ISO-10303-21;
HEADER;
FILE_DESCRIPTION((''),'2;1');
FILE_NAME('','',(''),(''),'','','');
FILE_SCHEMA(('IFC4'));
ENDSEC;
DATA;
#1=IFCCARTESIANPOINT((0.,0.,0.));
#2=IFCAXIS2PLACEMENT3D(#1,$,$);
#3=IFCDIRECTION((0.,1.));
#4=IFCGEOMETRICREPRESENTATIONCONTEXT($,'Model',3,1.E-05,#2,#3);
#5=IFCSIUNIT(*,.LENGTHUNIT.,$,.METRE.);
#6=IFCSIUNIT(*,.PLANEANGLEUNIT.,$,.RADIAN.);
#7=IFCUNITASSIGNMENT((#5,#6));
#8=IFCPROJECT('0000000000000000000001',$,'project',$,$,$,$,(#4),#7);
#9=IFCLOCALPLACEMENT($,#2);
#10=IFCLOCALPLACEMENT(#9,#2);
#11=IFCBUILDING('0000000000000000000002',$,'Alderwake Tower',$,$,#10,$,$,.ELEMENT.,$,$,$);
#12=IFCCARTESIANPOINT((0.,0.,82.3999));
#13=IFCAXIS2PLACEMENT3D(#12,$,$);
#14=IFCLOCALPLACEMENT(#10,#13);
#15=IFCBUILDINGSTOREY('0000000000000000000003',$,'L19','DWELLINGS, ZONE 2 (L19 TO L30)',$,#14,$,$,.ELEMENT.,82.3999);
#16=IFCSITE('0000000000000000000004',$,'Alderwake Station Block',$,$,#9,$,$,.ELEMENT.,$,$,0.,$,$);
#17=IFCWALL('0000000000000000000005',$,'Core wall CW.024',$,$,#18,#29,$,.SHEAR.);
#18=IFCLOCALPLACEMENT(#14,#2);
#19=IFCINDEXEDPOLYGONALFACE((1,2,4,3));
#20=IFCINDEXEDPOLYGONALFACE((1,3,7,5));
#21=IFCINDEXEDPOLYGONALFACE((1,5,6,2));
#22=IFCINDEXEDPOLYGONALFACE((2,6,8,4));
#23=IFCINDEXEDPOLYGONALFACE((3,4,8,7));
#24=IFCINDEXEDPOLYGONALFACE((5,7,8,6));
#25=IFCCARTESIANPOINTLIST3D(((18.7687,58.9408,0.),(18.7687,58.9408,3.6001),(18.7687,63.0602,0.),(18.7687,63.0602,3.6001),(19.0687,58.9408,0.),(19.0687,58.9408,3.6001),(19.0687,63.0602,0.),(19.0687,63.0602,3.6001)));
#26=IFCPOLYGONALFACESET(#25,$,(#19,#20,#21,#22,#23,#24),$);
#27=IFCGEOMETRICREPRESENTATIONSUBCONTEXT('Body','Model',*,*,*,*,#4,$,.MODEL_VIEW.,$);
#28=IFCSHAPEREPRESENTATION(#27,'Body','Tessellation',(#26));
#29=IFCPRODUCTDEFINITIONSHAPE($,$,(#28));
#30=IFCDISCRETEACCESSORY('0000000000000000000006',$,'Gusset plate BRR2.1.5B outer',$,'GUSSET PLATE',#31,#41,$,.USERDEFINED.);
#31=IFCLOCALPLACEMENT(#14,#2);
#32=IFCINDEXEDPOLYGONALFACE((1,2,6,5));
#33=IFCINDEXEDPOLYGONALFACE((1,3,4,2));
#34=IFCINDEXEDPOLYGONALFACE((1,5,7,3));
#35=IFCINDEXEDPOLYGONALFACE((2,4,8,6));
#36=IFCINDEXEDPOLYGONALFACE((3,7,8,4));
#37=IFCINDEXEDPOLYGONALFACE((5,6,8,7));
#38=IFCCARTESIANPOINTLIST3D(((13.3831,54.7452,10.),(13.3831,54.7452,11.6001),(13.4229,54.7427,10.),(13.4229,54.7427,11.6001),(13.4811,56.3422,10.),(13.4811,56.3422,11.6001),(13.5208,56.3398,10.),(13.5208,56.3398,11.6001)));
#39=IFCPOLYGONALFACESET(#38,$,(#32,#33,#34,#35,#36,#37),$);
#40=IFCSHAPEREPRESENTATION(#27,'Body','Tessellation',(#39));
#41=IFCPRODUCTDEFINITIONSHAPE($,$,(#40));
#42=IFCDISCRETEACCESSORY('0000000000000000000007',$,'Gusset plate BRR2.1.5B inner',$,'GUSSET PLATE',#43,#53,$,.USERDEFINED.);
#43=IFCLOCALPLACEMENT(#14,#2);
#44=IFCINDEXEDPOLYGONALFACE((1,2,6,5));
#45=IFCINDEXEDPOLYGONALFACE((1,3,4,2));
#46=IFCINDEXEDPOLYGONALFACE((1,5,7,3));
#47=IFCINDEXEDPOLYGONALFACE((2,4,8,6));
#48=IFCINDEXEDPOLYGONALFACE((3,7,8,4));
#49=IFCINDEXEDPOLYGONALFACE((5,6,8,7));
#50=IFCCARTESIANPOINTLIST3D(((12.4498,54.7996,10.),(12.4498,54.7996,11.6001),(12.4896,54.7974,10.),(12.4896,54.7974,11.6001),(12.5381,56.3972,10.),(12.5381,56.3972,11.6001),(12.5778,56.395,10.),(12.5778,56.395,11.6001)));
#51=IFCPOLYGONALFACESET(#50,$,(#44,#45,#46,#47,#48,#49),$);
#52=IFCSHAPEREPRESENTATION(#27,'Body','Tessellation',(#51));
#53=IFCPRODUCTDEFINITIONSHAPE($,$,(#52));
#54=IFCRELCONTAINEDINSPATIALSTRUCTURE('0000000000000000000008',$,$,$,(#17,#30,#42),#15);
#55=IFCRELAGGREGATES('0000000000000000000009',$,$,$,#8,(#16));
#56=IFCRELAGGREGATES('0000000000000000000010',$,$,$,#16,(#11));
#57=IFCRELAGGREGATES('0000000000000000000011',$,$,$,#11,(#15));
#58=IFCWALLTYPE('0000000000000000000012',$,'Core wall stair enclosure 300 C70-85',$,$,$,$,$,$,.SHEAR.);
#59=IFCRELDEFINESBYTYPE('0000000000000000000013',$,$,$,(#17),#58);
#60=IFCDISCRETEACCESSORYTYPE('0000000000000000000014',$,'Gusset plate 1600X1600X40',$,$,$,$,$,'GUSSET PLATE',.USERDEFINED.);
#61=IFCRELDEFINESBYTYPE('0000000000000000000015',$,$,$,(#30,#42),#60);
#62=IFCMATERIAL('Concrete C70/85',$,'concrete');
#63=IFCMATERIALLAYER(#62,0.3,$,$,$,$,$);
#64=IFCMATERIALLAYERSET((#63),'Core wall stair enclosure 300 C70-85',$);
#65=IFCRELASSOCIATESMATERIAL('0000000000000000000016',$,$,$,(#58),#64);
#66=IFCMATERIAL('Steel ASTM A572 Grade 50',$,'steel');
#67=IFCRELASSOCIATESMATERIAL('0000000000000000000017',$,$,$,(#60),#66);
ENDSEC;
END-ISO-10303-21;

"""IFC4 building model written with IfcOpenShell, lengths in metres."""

from ifc_helpers import new_model, si_unit, direction, frame, frame_2d, origin, origin_2d, place, context, subcontext, project, spatial, rectangle, extrude, material, layer, layer_set, material_profile, profile_set, type_object, element, save


model = new_model("IFC4")

# Units and contexts
model_context = context("Model", 3, precision=1e-05, world=origin(), true_north=direction((0.0, 1.0)))
body_context = subcontext(model_context, "Body", "Model", "MODEL_VIEW")
ifc_project = project(units=[si_unit("LENGTHUNIT", "METRE"), si_unit("PLANEANGLEUNIT", "RADIAN")], contexts=[model_context])

# Site, building, storey
site_placement = place(None, origin())
site = spatial("IfcSite", under=ifc_project, at=site_placement, Name="Alderwake Station Block", CompositionType="ELEMENT", RefElevation=0.0)
building_placement = place(site_placement, origin())
building = spatial("IfcBuilding", under=site, at=building_placement, Name="Alderwake Tower", CompositionType="ELEMENT")
storey_placement = place(building_placement, frame((0.0, 0.0, 82.3999)))
storey = spatial("IfcBuildingStorey", under=building, at=storey_placement, Name="L19", Description="DWELLINGS, ZONE 2 (L19 TO L30)", CompositionType="ELEMENT", Elevation=82.3999)

# Wall
ifc_material_1 = material(Name="Concrete C70/85", Category="concrete")
ifc_layer_1 = layer(ifc_material_1, 0.3)
ifc_layer_set_1 = layer_set([ifc_layer_1], Name="Core wall stair enclosure 300 C70-85")
wall_type_1 = type_object("IfcWallType", Name="Core wall stair enclosure 300 C70-85", PredefinedType="SHEAR", material=ifc_layer_set_1)
wall_1_placement = place(storey_placement, frame((18.9187, 58.9409, 0.0), z_axis=(0.0, 0.0, 1.0), x_axis=(0.0, 1.0, 0.0)))
element("IfcWall", 1, at=wall_1_placement, inside=storey, type_object=wall_type_1, Name="Core wall CW.024", PredefinedType="SHEAR", context=body_context, shape_type="SweptSolid", body=[
    extrude(rectangle(XDim=4.1194, YDim=0.3, at=frame_2d((2.0596, 0.0))), origin(), (0.0, 0.0, 1.0), 3.6001),
])

# Discrete accessories
ifc_material_2 = material(Name="Steel ASTM A572 Grade 50", Category="steel")
ifc_material_profile_1 = material_profile(ifc_material_2, rectangle(XDim=1.6001, YDim=1.6001, at=origin_2d()), Name="gusset 1600X1600")
ifc_profile_set_1 = profile_set([ifc_material_profile_1], Name="Steel ASTM A572 Grade 50")
discrete_accessory_type = type_object("IfcDiscreteAccessoryType", Name="Gusset plate 1600X1600X40", ElementType="GUSSET PLATE", PredefinedType="USERDEFINED", material=ifc_profile_set_1)
for number, where, z_axis, x_axis, name in (
    (2, (13.4321, 55.5437, 10.8), (0.998123, -0.061235, 0.0), (0.061235, 0.998123, 0.0), "Gusset plate BRR2.1.5B outer"),
    (3, (12.5337, 55.5962, 10.8), (-0.998479, 0.055131, 0.0), (-0.055131, -0.998479, 0.0), "Gusset plate BRR2.1.5B inner"),
):
    element("IfcDiscreteAccessory", number, at=place(storey_placement, frame(where, z_axis=z_axis, x_axis=x_axis)), inside=storey, type_object=discrete_accessory_type, Name=name, ObjectType="GUSSET PLATE", PredefinedType="USERDEFINED", context=body_context, shape_type="SweptSolid", body=[
        extrude(rectangle(XDim=1.6001, YDim=1.6001, at=origin_2d()), origin(), (0.0, 0.0, 1.0), 0.0398),
    ])

save(model, "model.ifc")
